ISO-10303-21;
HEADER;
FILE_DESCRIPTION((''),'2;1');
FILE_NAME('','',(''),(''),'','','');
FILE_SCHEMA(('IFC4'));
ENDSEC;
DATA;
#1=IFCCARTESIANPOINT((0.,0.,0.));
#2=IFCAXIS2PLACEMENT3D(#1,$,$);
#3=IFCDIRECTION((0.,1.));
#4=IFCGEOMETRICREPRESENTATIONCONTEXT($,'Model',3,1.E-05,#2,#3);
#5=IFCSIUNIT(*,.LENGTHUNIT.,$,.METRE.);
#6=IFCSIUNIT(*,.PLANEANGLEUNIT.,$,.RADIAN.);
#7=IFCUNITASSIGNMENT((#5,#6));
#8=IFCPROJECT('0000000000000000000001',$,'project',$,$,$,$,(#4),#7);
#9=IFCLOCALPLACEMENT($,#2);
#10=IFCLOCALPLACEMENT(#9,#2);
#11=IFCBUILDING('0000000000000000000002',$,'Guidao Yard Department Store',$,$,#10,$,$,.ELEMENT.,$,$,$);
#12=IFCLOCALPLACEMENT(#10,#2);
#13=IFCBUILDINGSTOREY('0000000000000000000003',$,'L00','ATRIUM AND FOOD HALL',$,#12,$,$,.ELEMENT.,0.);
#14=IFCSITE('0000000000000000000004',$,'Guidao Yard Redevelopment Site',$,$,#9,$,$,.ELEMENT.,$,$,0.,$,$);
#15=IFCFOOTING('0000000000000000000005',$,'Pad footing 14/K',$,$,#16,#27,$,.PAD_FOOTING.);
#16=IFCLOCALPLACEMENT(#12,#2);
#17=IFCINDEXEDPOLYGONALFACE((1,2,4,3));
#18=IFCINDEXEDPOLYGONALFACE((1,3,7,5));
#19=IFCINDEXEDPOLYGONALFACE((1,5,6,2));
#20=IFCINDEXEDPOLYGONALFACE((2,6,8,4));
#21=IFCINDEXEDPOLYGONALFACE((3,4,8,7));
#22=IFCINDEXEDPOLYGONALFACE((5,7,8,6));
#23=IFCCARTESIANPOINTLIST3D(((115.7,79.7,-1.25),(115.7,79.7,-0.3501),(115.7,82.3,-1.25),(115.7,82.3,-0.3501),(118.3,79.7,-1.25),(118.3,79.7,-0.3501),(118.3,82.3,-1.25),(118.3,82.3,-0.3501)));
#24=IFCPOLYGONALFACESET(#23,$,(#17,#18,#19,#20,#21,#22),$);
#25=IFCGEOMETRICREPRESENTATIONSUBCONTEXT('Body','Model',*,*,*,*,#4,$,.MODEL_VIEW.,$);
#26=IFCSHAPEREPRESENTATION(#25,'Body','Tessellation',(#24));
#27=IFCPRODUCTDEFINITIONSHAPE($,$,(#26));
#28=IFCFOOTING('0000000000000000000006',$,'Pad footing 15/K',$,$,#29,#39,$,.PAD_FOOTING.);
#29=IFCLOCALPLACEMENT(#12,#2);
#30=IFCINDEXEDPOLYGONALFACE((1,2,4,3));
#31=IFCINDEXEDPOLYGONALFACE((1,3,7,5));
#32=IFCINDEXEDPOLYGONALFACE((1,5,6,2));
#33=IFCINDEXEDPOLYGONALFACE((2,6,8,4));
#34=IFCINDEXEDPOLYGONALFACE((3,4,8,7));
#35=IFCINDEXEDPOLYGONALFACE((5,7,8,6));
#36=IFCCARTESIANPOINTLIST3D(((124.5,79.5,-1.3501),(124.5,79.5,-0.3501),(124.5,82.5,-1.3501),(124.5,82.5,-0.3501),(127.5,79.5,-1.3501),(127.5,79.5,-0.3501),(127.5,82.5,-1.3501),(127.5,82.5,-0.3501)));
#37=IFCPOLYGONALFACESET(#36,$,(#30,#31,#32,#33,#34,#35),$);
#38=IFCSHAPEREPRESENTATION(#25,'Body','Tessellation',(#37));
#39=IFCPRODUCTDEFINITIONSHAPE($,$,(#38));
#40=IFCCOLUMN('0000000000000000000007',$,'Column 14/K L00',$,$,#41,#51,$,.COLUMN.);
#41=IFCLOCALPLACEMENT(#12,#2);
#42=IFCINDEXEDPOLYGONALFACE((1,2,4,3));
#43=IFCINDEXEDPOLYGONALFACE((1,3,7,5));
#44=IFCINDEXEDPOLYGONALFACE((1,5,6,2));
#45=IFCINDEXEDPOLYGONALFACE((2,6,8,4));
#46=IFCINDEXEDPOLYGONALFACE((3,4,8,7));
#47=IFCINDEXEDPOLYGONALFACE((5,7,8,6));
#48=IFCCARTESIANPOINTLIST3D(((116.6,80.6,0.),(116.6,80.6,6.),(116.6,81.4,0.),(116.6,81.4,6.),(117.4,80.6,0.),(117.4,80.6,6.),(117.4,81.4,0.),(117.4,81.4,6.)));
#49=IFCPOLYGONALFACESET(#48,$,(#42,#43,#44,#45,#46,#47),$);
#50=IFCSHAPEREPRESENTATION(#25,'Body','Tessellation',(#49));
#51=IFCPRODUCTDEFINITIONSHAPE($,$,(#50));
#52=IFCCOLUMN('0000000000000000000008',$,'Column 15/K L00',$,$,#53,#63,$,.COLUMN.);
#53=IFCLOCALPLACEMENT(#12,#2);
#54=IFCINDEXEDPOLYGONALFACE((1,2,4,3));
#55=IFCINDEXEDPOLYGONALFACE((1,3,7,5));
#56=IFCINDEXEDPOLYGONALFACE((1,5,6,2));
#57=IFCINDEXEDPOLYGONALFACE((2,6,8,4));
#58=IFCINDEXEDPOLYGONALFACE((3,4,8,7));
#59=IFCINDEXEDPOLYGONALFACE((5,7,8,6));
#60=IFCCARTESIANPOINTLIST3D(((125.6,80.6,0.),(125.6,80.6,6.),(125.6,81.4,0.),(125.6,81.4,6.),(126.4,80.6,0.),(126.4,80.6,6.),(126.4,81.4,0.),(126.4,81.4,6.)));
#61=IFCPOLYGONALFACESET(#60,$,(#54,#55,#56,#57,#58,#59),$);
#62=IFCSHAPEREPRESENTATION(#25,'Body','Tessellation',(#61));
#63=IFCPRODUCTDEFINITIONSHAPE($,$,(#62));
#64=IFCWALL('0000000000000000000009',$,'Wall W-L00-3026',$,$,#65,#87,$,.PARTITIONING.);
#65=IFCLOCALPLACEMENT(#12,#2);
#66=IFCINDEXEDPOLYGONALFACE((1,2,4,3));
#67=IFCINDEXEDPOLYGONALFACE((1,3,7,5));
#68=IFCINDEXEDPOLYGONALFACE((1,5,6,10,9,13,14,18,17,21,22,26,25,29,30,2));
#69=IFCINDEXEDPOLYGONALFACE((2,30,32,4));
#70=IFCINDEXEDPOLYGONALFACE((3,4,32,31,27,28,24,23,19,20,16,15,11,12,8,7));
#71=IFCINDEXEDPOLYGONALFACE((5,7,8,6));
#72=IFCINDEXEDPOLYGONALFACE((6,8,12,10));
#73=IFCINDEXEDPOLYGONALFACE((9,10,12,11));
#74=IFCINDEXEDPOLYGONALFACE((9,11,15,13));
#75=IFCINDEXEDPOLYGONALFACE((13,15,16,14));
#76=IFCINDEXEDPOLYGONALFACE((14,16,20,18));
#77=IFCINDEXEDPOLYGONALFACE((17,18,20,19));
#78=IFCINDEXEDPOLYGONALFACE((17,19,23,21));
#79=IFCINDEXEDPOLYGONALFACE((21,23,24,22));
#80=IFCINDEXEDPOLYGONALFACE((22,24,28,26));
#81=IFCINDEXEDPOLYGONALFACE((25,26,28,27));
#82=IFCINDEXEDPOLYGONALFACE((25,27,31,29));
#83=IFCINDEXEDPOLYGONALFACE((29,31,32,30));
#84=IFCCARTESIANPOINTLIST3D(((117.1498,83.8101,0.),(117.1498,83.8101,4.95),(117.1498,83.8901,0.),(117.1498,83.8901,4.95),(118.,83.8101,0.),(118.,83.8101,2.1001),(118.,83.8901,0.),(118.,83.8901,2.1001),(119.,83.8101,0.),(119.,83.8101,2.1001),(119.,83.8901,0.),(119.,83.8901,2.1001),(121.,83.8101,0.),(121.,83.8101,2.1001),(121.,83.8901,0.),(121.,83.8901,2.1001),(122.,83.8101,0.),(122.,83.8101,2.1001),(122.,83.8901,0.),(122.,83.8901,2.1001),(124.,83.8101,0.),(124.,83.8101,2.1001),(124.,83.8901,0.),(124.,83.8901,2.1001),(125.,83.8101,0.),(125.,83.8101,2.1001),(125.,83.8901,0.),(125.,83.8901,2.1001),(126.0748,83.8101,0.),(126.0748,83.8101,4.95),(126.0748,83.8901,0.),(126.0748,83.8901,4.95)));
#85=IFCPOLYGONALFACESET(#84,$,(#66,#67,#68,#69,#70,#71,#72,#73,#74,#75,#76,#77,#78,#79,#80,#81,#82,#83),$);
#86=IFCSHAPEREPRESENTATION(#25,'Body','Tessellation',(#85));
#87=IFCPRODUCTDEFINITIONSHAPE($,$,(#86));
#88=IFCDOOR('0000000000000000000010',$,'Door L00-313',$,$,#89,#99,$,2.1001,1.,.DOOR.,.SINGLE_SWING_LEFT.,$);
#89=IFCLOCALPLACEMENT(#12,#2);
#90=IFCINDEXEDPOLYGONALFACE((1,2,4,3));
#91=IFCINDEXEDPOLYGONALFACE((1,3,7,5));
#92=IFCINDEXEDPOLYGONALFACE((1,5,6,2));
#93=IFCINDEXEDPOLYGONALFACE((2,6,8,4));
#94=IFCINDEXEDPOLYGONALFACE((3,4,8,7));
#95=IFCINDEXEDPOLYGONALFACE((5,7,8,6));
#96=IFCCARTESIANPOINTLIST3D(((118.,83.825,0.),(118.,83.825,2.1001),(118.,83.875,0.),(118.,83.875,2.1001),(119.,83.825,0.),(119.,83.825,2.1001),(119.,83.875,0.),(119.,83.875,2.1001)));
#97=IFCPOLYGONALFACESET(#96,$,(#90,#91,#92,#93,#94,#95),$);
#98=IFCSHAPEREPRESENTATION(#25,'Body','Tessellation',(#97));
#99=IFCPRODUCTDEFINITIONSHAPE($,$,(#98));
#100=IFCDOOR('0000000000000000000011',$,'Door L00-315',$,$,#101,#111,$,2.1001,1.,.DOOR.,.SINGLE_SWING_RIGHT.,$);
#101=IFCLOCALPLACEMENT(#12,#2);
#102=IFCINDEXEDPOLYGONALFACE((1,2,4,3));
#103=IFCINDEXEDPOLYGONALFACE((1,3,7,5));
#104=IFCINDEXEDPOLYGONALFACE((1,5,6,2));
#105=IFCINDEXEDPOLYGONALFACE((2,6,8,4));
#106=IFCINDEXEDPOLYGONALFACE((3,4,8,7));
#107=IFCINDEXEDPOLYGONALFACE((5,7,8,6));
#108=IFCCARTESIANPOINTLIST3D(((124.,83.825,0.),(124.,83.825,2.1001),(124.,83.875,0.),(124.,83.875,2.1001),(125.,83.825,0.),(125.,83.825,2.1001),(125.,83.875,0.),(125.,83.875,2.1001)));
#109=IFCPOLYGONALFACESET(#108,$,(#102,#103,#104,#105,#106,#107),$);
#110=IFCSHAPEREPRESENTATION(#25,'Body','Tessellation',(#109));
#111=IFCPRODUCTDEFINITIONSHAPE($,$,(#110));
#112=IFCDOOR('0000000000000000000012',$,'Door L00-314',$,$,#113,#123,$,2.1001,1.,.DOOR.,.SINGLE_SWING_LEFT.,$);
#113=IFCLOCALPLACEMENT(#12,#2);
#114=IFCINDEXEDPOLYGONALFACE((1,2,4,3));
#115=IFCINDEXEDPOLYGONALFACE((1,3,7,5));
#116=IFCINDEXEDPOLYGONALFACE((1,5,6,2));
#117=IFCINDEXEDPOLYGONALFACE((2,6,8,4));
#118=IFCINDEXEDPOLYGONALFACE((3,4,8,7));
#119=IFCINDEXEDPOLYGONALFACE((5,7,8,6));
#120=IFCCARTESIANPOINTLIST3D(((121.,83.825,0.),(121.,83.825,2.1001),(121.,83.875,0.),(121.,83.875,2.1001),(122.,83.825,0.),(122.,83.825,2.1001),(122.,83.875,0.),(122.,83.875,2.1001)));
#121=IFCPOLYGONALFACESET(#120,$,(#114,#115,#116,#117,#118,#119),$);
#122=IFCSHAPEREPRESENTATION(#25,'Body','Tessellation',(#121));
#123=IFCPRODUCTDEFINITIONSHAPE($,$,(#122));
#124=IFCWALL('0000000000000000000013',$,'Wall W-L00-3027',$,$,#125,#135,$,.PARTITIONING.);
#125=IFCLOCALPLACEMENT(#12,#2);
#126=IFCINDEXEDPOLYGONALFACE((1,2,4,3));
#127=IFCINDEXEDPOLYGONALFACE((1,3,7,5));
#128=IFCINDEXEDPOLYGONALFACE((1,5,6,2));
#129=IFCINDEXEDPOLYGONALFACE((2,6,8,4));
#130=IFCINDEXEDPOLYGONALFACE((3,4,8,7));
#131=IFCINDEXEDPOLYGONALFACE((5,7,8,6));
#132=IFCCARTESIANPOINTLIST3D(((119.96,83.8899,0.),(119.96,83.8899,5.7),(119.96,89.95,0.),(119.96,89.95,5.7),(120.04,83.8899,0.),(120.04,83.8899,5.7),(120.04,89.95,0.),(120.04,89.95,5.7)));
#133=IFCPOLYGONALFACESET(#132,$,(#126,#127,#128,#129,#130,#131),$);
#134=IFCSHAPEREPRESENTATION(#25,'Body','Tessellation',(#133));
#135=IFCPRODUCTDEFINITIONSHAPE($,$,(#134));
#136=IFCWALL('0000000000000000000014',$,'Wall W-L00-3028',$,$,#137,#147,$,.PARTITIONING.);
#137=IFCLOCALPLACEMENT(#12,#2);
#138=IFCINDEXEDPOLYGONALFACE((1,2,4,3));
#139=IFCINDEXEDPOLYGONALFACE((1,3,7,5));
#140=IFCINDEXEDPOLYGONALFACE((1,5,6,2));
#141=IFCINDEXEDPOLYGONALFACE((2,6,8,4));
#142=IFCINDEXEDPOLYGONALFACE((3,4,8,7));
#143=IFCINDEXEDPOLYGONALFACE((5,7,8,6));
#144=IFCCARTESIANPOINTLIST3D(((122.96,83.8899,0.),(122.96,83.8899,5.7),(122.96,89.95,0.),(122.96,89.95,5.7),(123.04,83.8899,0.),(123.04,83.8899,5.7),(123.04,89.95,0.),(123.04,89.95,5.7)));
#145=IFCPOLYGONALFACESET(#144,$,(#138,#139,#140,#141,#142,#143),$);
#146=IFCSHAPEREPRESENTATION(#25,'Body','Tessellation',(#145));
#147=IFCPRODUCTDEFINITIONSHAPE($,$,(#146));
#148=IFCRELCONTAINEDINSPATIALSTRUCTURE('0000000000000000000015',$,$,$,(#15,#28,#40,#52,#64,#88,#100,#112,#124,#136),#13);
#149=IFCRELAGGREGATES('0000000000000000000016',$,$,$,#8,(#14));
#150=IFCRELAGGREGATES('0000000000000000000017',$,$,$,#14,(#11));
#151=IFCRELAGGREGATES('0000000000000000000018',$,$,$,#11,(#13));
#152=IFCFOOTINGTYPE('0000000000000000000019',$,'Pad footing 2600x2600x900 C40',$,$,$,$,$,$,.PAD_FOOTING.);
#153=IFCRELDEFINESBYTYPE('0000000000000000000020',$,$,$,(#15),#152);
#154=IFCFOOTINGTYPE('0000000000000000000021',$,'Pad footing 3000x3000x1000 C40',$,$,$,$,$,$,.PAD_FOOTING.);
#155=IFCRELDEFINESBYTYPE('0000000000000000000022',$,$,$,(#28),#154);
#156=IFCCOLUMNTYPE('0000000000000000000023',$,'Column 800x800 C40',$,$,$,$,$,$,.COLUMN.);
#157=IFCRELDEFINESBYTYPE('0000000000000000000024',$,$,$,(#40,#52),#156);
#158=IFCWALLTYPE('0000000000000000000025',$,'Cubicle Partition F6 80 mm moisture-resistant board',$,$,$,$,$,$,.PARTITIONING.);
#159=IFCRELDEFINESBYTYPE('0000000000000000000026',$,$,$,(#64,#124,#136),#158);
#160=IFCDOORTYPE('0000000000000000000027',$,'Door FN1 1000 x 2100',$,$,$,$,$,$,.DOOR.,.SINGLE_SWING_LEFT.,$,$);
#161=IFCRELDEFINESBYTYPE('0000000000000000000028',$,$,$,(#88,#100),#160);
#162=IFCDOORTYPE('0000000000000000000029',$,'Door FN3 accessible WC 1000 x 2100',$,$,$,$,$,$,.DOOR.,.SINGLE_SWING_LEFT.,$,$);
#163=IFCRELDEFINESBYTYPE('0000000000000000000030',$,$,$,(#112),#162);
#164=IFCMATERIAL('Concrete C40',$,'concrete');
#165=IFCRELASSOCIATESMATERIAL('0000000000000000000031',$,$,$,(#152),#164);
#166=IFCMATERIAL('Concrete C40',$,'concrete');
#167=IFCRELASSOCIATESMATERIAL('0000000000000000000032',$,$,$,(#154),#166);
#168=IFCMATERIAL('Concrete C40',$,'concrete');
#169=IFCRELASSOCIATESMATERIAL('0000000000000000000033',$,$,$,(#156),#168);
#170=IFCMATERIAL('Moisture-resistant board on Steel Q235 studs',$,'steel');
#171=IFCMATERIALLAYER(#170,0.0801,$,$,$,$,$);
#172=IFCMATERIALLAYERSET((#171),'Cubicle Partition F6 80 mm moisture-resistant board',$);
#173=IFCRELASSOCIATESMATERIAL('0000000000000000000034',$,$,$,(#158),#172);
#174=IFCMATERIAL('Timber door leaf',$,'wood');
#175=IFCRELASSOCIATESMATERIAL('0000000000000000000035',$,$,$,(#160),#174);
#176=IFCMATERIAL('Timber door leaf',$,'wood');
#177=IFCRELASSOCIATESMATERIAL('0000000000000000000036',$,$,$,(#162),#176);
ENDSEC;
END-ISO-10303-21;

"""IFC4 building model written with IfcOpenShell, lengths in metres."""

from ifc_helpers import new_model, si_unit, direction, frame, frame_2d, origin, origin_2d, place, context, subcontext, project, spatial, rectangle, extrude, material, layer, layer_set, material_profile, profile_set, type_object, element, fill, save


model = new_model("IFC4")

# Units and contexts
model_context = context("Model", 3, precision=1e-05, world=origin(), true_north=direction((0.0, 1.0)))
body_context = subcontext(model_context, "Body", "Model", "MODEL_VIEW")
ifc_project = project(units=[si_unit("LENGTHUNIT", "METRE"), si_unit("PLANEANGLEUNIT", "RADIAN")], contexts=[model_context])

# Site, building, storey
site_placement = place(None, origin())
site = spatial("IfcSite", under=ifc_project, at=site_placement, Name="Guidao Yard Redevelopment Site", CompositionType="ELEMENT", RefElevation=0.0)
building_placement = place(site_placement, origin())
building = spatial("IfcBuilding", under=site, at=building_placement, Name="Guidao Yard Department Store", CompositionType="ELEMENT")
storey_placement = place(building_placement, origin())
storey = spatial("IfcBuildingStorey", under=building, at=storey_placement, Name="L00", Description="ATRIUM AND FOOD HALL", CompositionType="ELEMENT", Elevation=0.0)

# Footings
ifc_material_1 = material(Name="Concrete C40", Category="concrete")
footing_type_1 = type_object("IfcFootingType", Name="Pad footing 2600x2600x900 C40", PredefinedType="PAD_FOOTING", material=ifc_material_1)
footing_1_placement = place(storey_placement, frame((117.0, 81.0, -1.25), z_axis=(0.0, 0.0, 1.0), x_axis=(1.0, 0.0, 0.0)))
element("IfcFooting", 1, at=footing_1_placement, inside=storey, type_object=footing_type_1, Name="Pad footing 14/K", PredefinedType="PAD_FOOTING", context=body_context, shape_type="SweptSolid", body=[
    extrude(rectangle(XDim=2.6001, YDim=2.6001, at=origin_2d()), origin(), (0.0, 0.0, 1.0), 0.8999),
])
ifc_material_2 = material(Name="Concrete C40", Category="concrete")
footing_type_2 = type_object("IfcFootingType", Name="Pad footing 3000x3000x1000 C40", PredefinedType="PAD_FOOTING", material=ifc_material_2)
footing_2_placement = place(storey_placement, frame((126.0, 81.0, -1.3501), z_axis=(0.0, 0.0, 1.0), x_axis=(1.0, 0.0, 0.0)))
element("IfcFooting", 2, at=footing_2_placement, inside=storey, type_object=footing_type_2, Name="Pad footing 15/K", PredefinedType="PAD_FOOTING", context=body_context, shape_type="SweptSolid", body=[
    extrude(rectangle(XDim=3.0, YDim=3.0, at=origin_2d()), origin(), (0.0, 0.0, 1.0), 1.0),
])

# Columns
ifc_material_3 = material(Name="Concrete C40", Category="concrete")
ifc_material_profile = material_profile(ifc_material_3, rectangle(XDim=0.8, YDim=0.8, at=origin_2d()), Name="COL 800x800")
ifc_profile_set = profile_set([ifc_material_profile], Name="Concrete C40")
column_type = type_object("IfcColumnType", Name="Column 800x800 C40", PredefinedType="COLUMN", material=ifc_profile_set)
for number, where, z_axis, x_axis, name in (
    (3, (117.0, 81.0, 0.0), (0.0, 0.0, 1.0), (1.0, 0.0, 0.0), "Column 14/K L00"),
    (4, (126.0, 81.0, 0.0), (0.0, 0.0, 1.0), (1.0, 0.0, 0.0), "Column 15/K L00"),
):
    element("IfcColumn", number, at=place(storey_placement, frame(where, z_axis=z_axis, x_axis=x_axis)), inside=storey, type_object=column_type, Name=name, PredefinedType="COLUMN", context=body_context, shape_type="SweptSolid", body=[
        extrude(rectangle(XDim=0.8, YDim=0.8, at=origin_2d()), origin(), (0.0, 0.0, 1.0), 6.0),
    ])

# Wall, openings, doors
ifc_material_4 = material(Name="Moisture-resistant board on Steel Q235 studs", Category="steel")
ifc_layer_1 = layer(ifc_material_4, 0.0801)
ifc_layer_set_1 = layer_set([ifc_layer_1], Name="Cubicle Partition F6 80 mm moisture-resistant board")
wall_type_1 = type_object("IfcWallType", Name="Cubicle Partition F6 80 mm moisture-resistant board", PredefinedType="PARTITIONING", material=ifc_layer_set_1)
wall_1_placement = place(storey_placement, frame((117.1499, 83.8501, 0.0), z_axis=(0.0, 0.0, 1.0), x_axis=(1.0, 0.0, 0.0)))
wall_1 = element("IfcWall", 5, at=wall_1_placement, inside=storey, type_object=wall_type_1, Name="Wall W-L00-3026", PredefinedType="PARTITIONING", context=body_context, shape_type="SweptSolid", body=[
    extrude(rectangle(XDim=8.925, YDim=0.0801, at=frame_2d((4.4624, 0.0))), origin(), (0.0, 0.0, 1.0), 4.95),
])
opening_1_placement = place(wall_1_placement, frame((0.8501, 0.0, 0.0)))
opening_1 = element("IfcOpeningElement", 6, at=opening_1_placement, cuts=wall_1, PredefinedType="OPENING", context=body_context, shape_type="SweptSolid", body=[
    extrude(rectangle(XDim=1.0, YDim=2.1001, at=frame_2d((0.5, 1.05))), frame((0.0, 0.05, 0.0), z_axis=(0.0, -1.0, 0.0), x_axis=(1.0, 0.0, 0.0)), (0.0, 0.0, 1.0), 0.1001),
])
opening_2_placement = place(wall_1_placement, frame((3.8501, 0.0, 0.0)))
opening_2 = element("IfcOpeningElement", 7, at=opening_2_placement, cuts=wall_1, PredefinedType="OPENING", context=body_context, shape_type="SweptSolid", body=[
    extrude(rectangle(XDim=1.0, YDim=2.1001, at=frame_2d((0.5, 1.05))), frame((0.0, 0.05, 0.0), z_axis=(0.0, -1.0, 0.0), x_axis=(1.0, 0.0, 0.0)), (0.0, 0.0, 1.0), 0.1001),
])
opening_3_placement = place(wall_1_placement, frame((6.8501, 0.0, 0.0)))
opening_3 = element("IfcOpeningElement", 8, at=opening_3_placement, cuts=wall_1, PredefinedType="OPENING", context=body_context, shape_type="SweptSolid", body=[
    extrude(rectangle(XDim=1.0, YDim=2.1001, at=frame_2d((0.5, 1.05))), frame((0.0, 0.05, 0.0), z_axis=(0.0, -1.0, 0.0), x_axis=(1.0, 0.0, 0.0)), (0.0, 0.0, 1.0), 0.1001),
])
ifc_material_5 = material(Name="Timber door leaf", Category="wood")
door_type_1 = type_object("IfcDoorType", Name="Door FN1 1000 x 2100", OperationType="SINGLE_SWING_LEFT", PredefinedType="DOOR", material=ifc_material_5)
door_1_placement = place(opening_1_placement, origin())
door_1 = element("IfcDoor", 9, at=door_1_placement, inside=storey, type_object=door_type_1, Name="Door L00-313", OperationType="SINGLE_SWING_LEFT", OverallHeight=2.1001, OverallWidth=1.0, PredefinedType="DOOR", context=body_context, shape_type="SweptSolid", body=[
    extrude(rectangle(XDim=1.0, YDim=2.1001, at=frame_2d((0.5, 1.05))), frame((0.0, 0.0249, 0.0), z_axis=(0.0, -1.0, 0.0), x_axis=(1.0, 0.0, 0.0)), (0.0, 0.0, 1.0), 0.05),
])
fill(opening_1, door_1)
door_2_placement = place(opening_3_placement, origin())
door_2 = element("IfcDoor", 10, at=door_2_placement, inside=storey, type_object=door_type_1, Name="Door L00-315", OperationType="SINGLE_SWING_RIGHT", OverallHeight=2.1001, OverallWidth=1.0, PredefinedType="DOOR", context=body_context, shape_type="SweptSolid", body=[
    extrude(rectangle(XDim=1.0, YDim=2.1001, at=frame_2d((0.5, 1.05))), frame((0.0, 0.0249, 0.0), z_axis=(0.0, -1.0, 0.0), x_axis=(1.0, 0.0, 0.0)), (0.0, 0.0, 1.0), 0.05),
])
fill(opening_3, door_2)
ifc_material_6 = material(Name="Timber door leaf", Category="wood")
door_type_2 = type_object("IfcDoorType", Name="Door FN3 accessible WC 1000 x 2100", OperationType="SINGLE_SWING_LEFT", PredefinedType="DOOR", material=ifc_material_6)
door_3_placement = place(opening_2_placement, origin())
door_3 = element("IfcDoor", 11, at=door_3_placement, inside=storey, type_object=door_type_2, Name="Door L00-314", OperationType="SINGLE_SWING_LEFT", OverallHeight=2.1001, OverallWidth=1.0, PredefinedType="DOOR", context=body_context, shape_type="SweptSolid", body=[
    extrude(rectangle(XDim=1.0, YDim=2.1001, at=frame_2d((0.5, 1.05))), frame((0.0, 0.0249, 0.0), z_axis=(0.0, -1.0, 0.0), x_axis=(1.0, 0.0, 0.0)), (0.0, 0.0, 1.0), 0.05),
])
fill(opening_2, door_3)

# Walls
for number, where, z_axis, x_axis, name in (
    (12, (120.0, 83.8899, 0.0), (0.0, 0.0, 1.0), (0.0, 1.0, 0.0), "Wall W-L00-3027"),
    (13, (123.0, 83.8899, 0.0), (0.0, 0.0, 1.0), (0.0, 1.0, 0.0), "Wall W-L00-3028"),
):
    element("IfcWall", number, at=place(storey_placement, frame(where, z_axis=z_axis, x_axis=x_axis)), inside=storey, type_object=wall_type_1, Name=name, PredefinedType="PARTITIONING", context=body_context, shape_type="SweptSolid", body=[
        extrude(rectangle(XDim=6.0601, YDim=0.0801, at=frame_2d((3.03, 0.0))), origin(), (0.0, 0.0, 1.0), 5.7),
    ])

save(model, "model.ifc")
